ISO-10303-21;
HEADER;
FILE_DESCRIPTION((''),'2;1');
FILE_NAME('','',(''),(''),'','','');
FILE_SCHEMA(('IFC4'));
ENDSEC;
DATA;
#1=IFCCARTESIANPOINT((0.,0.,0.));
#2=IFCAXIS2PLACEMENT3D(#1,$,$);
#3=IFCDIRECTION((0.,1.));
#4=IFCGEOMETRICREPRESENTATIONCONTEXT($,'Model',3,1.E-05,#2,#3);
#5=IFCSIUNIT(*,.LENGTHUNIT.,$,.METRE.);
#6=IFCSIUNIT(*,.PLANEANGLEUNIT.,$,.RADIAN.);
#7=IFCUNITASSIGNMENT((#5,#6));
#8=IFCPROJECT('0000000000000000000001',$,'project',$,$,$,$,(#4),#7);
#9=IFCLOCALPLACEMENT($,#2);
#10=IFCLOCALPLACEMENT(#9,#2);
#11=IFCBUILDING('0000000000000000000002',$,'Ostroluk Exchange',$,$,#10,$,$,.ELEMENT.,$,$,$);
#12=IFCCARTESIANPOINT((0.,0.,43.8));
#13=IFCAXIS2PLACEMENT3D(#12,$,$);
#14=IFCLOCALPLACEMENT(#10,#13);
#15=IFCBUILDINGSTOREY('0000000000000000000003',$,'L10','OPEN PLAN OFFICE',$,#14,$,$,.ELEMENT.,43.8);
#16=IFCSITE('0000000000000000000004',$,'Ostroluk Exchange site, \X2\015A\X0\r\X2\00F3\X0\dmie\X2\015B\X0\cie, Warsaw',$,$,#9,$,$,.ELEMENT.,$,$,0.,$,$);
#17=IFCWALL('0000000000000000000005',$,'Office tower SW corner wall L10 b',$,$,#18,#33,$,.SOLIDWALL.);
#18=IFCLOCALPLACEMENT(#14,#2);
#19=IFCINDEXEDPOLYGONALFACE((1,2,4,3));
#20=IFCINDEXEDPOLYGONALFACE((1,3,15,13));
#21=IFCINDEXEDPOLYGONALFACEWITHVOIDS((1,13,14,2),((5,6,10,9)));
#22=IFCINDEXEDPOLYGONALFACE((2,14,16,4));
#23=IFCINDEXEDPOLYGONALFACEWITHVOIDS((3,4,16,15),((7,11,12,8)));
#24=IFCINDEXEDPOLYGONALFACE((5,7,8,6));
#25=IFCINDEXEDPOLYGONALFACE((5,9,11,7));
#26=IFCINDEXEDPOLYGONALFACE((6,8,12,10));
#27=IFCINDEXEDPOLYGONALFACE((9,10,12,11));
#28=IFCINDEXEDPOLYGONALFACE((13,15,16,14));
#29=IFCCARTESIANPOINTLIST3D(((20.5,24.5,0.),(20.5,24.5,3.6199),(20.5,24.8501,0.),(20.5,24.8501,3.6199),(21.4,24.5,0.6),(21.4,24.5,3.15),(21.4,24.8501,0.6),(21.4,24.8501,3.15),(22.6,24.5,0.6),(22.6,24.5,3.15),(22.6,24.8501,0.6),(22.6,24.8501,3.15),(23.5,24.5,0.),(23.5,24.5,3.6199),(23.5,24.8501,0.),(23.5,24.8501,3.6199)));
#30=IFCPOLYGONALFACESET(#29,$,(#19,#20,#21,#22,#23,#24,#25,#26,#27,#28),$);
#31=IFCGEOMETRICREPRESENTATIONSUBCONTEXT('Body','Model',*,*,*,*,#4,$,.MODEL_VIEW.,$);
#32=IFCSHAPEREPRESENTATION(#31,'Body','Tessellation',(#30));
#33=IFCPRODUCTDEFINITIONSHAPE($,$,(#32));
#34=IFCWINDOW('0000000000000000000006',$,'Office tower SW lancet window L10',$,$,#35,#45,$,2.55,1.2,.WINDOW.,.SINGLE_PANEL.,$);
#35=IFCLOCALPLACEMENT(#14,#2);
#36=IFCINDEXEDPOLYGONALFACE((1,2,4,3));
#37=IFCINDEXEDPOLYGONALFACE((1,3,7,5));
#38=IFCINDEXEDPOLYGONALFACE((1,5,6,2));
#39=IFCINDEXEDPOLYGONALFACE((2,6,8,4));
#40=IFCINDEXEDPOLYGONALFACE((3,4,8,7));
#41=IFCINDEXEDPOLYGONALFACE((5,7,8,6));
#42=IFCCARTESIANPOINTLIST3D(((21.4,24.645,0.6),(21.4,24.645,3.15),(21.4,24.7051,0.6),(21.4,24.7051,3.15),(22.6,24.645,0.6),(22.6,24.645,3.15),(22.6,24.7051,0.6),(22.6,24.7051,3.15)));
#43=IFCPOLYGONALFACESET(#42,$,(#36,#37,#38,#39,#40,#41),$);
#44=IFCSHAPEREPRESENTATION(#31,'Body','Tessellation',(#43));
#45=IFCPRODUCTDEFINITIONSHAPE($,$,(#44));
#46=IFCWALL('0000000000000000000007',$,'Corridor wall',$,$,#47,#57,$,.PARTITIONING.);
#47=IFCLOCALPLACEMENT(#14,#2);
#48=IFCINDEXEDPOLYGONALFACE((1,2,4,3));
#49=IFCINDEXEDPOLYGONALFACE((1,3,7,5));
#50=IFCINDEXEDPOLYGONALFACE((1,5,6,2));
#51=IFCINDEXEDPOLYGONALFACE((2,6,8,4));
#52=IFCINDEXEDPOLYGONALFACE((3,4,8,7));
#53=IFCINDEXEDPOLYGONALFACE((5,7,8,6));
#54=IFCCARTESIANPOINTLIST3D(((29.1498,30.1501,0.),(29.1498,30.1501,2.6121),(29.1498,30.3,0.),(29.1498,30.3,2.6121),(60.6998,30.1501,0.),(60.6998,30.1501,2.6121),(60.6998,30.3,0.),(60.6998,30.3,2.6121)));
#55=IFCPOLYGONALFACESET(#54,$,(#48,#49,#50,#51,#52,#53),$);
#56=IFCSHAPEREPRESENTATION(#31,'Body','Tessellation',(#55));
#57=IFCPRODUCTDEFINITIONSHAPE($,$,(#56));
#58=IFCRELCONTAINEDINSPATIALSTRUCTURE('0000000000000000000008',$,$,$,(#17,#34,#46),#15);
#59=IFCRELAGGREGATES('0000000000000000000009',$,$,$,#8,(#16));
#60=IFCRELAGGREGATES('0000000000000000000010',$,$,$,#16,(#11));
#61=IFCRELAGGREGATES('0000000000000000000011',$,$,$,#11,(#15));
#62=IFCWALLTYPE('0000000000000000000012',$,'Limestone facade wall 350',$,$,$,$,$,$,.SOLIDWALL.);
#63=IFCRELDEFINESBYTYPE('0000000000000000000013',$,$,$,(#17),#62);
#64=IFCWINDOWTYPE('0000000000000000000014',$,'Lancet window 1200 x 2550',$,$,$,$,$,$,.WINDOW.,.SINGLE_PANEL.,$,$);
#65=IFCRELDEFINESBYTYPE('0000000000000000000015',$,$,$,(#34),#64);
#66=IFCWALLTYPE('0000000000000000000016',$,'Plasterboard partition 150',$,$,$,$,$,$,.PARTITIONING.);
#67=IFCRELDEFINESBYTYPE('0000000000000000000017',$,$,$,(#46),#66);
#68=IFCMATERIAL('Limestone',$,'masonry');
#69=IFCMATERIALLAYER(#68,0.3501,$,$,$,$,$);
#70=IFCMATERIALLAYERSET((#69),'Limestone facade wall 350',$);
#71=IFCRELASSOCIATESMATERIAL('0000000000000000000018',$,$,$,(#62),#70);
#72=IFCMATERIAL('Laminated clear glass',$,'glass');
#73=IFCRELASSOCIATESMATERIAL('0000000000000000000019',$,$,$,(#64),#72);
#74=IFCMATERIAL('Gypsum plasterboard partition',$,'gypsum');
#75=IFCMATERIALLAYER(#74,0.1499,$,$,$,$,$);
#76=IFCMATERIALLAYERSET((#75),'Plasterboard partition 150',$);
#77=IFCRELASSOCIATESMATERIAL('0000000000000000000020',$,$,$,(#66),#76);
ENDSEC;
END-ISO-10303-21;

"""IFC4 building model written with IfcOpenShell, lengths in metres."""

from ifc_helpers import new_model, si_unit, direction, frame, frame_2d, origin, place, context, subcontext, project, spatial, rectangle, extrude, material, layer, layer_set, type_object, element, fill, save


model = new_model("IFC4")

# Units and contexts
model_context = context("Model", 3, precision=1e-05, world=origin(), true_north=direction((0.0, 1.0)))
body_context = subcontext(model_context, "Body", "Model", "MODEL_VIEW")
ifc_project = project(units=[si_unit("LENGTHUNIT", "METRE"), si_unit("PLANEANGLEUNIT", "RADIAN")], contexts=[model_context])

# Site, building, storey
site_placement = place(None, origin())
site = spatial("IfcSite", under=ifc_project, at=site_placement, Name="Ostroluk Exchange site, Śródmieście, Warsaw", CompositionType="ELEMENT", RefElevation=0.0)
building_placement = place(site_placement, origin())
building = spatial("IfcBuilding", under=site, at=building_placement, Name="Ostroluk Exchange", CompositionType="ELEMENT")
storey_placement = place(building_placement, frame((0.0, 0.0, 43.8)))
storey = spatial("IfcBuildingStorey", under=building, at=storey_placement, Name="L10", Description="OPEN PLAN OFFICE", CompositionType="ELEMENT", Elevation=43.8)

# Wall, opening, window
ifc_material_1 = material(Name="Limestone", Category="masonry")
ifc_layer_1 = layer(ifc_material_1, 0.3501)
ifc_layer_set_1 = layer_set([ifc_layer_1], Name="Limestone facade wall 350")
wall_type_1 = type_object("IfcWallType", Name="Limestone facade wall 350", PredefinedType="SOLIDWALL", material=ifc_layer_set_1)
wall_1_placement = place(storey_placement, frame((23.5, 24.675, 0.0), z_axis=(0.0, 0.0, 1.0), x_axis=(-1.0, 0.0, 0.0)))
wall_1 = element("IfcWall", 1, at=wall_1_placement, inside=storey, type_object=wall_type_1, Name="Office tower SW corner wall L10 b", PredefinedType="SOLIDWALL", context=body_context, shape_type="SweptSolid", body=[
    extrude(rectangle(XDim=3.0, YDim=0.3501, at=frame_2d((1.5, 0.0))), origin(), (0.0, 0.0, 1.0), 3.6199),
])
opening_1_placement = place(wall_1_placement, frame((0.8999, 0.0, 0.6001)))
opening_1 = element("IfcOpeningElement", 2, at=opening_1_placement, cuts=wall_1, PredefinedType="OPENING", context=body_context, shape_type="SweptSolid", body=[
    extrude(rectangle(XDim=1.2, YDim=2.55, at=frame_2d((0.6001, 1.2749))), frame((0.0, 0.1851, 0.0), z_axis=(0.0, -1.0, 0.0), x_axis=(1.0, 0.0, 0.0)), (0.0, 0.0, 1.0), 0.3701),
])
ifc_material_2 = material(Name="Laminated clear glass", Category="glass")
window_type = type_object("IfcWindowType", Name="Lancet window 1200 x 2550", PartitioningType="SINGLE_PANEL", PredefinedType="WINDOW", material=ifc_material_2)
window_placement = place(opening_1_placement, origin())
window = element("IfcWindow", 3, at=window_placement, inside=storey, type_object=window_type, Name="Office tower SW lancet window L10", OverallHeight=2.55, OverallWidth=1.2, PartitioningType="SINGLE_PANEL", PredefinedType="WINDOW", context=body_context, shape_type="SweptSolid", body=[
    extrude(rectangle(XDim=1.2, YDim=2.55, at=frame_2d((0.6001, 1.2749))), frame((0.0, 0.03, 0.0), z_axis=(0.0, -1.0, 0.0), x_axis=(1.0, 0.0, 0.0)), (0.0, 0.0, 1.0), 0.0601),
])
fill(opening_1, window)

# Wall
ifc_material_3 = material(Name="Gypsum plasterboard partition", Category="gypsum")
ifc_layer_2 = layer(ifc_material_3, 0.1499)
ifc_layer_set_2 = layer_set([ifc_layer_2], Name="Plasterboard partition 150")
wall_type_2 = type_object("IfcWallType", Name="Plasterboard partition 150", PredefinedType="PARTITIONING", material=ifc_layer_set_2)
wall_2_placement = place(storey_placement, frame((29.1499, 30.2251, 0.0), z_axis=(0.0, 0.0, 1.0), x_axis=(1.0, 0.0, 0.0)))
element("IfcWall", 4, at=wall_2_placement, inside=storey, type_object=wall_type_2, Name="Corridor wall", PredefinedType="PARTITIONING", context=body_context, shape_type="SweptSolid", body=[
    extrude(rectangle(XDim=31.55, YDim=0.1499, at=frame_2d((15.7749, 0.0))), origin(), (0.0, 0.0, 1.0), 2.6121),
])

save(model, "model.ifc")
